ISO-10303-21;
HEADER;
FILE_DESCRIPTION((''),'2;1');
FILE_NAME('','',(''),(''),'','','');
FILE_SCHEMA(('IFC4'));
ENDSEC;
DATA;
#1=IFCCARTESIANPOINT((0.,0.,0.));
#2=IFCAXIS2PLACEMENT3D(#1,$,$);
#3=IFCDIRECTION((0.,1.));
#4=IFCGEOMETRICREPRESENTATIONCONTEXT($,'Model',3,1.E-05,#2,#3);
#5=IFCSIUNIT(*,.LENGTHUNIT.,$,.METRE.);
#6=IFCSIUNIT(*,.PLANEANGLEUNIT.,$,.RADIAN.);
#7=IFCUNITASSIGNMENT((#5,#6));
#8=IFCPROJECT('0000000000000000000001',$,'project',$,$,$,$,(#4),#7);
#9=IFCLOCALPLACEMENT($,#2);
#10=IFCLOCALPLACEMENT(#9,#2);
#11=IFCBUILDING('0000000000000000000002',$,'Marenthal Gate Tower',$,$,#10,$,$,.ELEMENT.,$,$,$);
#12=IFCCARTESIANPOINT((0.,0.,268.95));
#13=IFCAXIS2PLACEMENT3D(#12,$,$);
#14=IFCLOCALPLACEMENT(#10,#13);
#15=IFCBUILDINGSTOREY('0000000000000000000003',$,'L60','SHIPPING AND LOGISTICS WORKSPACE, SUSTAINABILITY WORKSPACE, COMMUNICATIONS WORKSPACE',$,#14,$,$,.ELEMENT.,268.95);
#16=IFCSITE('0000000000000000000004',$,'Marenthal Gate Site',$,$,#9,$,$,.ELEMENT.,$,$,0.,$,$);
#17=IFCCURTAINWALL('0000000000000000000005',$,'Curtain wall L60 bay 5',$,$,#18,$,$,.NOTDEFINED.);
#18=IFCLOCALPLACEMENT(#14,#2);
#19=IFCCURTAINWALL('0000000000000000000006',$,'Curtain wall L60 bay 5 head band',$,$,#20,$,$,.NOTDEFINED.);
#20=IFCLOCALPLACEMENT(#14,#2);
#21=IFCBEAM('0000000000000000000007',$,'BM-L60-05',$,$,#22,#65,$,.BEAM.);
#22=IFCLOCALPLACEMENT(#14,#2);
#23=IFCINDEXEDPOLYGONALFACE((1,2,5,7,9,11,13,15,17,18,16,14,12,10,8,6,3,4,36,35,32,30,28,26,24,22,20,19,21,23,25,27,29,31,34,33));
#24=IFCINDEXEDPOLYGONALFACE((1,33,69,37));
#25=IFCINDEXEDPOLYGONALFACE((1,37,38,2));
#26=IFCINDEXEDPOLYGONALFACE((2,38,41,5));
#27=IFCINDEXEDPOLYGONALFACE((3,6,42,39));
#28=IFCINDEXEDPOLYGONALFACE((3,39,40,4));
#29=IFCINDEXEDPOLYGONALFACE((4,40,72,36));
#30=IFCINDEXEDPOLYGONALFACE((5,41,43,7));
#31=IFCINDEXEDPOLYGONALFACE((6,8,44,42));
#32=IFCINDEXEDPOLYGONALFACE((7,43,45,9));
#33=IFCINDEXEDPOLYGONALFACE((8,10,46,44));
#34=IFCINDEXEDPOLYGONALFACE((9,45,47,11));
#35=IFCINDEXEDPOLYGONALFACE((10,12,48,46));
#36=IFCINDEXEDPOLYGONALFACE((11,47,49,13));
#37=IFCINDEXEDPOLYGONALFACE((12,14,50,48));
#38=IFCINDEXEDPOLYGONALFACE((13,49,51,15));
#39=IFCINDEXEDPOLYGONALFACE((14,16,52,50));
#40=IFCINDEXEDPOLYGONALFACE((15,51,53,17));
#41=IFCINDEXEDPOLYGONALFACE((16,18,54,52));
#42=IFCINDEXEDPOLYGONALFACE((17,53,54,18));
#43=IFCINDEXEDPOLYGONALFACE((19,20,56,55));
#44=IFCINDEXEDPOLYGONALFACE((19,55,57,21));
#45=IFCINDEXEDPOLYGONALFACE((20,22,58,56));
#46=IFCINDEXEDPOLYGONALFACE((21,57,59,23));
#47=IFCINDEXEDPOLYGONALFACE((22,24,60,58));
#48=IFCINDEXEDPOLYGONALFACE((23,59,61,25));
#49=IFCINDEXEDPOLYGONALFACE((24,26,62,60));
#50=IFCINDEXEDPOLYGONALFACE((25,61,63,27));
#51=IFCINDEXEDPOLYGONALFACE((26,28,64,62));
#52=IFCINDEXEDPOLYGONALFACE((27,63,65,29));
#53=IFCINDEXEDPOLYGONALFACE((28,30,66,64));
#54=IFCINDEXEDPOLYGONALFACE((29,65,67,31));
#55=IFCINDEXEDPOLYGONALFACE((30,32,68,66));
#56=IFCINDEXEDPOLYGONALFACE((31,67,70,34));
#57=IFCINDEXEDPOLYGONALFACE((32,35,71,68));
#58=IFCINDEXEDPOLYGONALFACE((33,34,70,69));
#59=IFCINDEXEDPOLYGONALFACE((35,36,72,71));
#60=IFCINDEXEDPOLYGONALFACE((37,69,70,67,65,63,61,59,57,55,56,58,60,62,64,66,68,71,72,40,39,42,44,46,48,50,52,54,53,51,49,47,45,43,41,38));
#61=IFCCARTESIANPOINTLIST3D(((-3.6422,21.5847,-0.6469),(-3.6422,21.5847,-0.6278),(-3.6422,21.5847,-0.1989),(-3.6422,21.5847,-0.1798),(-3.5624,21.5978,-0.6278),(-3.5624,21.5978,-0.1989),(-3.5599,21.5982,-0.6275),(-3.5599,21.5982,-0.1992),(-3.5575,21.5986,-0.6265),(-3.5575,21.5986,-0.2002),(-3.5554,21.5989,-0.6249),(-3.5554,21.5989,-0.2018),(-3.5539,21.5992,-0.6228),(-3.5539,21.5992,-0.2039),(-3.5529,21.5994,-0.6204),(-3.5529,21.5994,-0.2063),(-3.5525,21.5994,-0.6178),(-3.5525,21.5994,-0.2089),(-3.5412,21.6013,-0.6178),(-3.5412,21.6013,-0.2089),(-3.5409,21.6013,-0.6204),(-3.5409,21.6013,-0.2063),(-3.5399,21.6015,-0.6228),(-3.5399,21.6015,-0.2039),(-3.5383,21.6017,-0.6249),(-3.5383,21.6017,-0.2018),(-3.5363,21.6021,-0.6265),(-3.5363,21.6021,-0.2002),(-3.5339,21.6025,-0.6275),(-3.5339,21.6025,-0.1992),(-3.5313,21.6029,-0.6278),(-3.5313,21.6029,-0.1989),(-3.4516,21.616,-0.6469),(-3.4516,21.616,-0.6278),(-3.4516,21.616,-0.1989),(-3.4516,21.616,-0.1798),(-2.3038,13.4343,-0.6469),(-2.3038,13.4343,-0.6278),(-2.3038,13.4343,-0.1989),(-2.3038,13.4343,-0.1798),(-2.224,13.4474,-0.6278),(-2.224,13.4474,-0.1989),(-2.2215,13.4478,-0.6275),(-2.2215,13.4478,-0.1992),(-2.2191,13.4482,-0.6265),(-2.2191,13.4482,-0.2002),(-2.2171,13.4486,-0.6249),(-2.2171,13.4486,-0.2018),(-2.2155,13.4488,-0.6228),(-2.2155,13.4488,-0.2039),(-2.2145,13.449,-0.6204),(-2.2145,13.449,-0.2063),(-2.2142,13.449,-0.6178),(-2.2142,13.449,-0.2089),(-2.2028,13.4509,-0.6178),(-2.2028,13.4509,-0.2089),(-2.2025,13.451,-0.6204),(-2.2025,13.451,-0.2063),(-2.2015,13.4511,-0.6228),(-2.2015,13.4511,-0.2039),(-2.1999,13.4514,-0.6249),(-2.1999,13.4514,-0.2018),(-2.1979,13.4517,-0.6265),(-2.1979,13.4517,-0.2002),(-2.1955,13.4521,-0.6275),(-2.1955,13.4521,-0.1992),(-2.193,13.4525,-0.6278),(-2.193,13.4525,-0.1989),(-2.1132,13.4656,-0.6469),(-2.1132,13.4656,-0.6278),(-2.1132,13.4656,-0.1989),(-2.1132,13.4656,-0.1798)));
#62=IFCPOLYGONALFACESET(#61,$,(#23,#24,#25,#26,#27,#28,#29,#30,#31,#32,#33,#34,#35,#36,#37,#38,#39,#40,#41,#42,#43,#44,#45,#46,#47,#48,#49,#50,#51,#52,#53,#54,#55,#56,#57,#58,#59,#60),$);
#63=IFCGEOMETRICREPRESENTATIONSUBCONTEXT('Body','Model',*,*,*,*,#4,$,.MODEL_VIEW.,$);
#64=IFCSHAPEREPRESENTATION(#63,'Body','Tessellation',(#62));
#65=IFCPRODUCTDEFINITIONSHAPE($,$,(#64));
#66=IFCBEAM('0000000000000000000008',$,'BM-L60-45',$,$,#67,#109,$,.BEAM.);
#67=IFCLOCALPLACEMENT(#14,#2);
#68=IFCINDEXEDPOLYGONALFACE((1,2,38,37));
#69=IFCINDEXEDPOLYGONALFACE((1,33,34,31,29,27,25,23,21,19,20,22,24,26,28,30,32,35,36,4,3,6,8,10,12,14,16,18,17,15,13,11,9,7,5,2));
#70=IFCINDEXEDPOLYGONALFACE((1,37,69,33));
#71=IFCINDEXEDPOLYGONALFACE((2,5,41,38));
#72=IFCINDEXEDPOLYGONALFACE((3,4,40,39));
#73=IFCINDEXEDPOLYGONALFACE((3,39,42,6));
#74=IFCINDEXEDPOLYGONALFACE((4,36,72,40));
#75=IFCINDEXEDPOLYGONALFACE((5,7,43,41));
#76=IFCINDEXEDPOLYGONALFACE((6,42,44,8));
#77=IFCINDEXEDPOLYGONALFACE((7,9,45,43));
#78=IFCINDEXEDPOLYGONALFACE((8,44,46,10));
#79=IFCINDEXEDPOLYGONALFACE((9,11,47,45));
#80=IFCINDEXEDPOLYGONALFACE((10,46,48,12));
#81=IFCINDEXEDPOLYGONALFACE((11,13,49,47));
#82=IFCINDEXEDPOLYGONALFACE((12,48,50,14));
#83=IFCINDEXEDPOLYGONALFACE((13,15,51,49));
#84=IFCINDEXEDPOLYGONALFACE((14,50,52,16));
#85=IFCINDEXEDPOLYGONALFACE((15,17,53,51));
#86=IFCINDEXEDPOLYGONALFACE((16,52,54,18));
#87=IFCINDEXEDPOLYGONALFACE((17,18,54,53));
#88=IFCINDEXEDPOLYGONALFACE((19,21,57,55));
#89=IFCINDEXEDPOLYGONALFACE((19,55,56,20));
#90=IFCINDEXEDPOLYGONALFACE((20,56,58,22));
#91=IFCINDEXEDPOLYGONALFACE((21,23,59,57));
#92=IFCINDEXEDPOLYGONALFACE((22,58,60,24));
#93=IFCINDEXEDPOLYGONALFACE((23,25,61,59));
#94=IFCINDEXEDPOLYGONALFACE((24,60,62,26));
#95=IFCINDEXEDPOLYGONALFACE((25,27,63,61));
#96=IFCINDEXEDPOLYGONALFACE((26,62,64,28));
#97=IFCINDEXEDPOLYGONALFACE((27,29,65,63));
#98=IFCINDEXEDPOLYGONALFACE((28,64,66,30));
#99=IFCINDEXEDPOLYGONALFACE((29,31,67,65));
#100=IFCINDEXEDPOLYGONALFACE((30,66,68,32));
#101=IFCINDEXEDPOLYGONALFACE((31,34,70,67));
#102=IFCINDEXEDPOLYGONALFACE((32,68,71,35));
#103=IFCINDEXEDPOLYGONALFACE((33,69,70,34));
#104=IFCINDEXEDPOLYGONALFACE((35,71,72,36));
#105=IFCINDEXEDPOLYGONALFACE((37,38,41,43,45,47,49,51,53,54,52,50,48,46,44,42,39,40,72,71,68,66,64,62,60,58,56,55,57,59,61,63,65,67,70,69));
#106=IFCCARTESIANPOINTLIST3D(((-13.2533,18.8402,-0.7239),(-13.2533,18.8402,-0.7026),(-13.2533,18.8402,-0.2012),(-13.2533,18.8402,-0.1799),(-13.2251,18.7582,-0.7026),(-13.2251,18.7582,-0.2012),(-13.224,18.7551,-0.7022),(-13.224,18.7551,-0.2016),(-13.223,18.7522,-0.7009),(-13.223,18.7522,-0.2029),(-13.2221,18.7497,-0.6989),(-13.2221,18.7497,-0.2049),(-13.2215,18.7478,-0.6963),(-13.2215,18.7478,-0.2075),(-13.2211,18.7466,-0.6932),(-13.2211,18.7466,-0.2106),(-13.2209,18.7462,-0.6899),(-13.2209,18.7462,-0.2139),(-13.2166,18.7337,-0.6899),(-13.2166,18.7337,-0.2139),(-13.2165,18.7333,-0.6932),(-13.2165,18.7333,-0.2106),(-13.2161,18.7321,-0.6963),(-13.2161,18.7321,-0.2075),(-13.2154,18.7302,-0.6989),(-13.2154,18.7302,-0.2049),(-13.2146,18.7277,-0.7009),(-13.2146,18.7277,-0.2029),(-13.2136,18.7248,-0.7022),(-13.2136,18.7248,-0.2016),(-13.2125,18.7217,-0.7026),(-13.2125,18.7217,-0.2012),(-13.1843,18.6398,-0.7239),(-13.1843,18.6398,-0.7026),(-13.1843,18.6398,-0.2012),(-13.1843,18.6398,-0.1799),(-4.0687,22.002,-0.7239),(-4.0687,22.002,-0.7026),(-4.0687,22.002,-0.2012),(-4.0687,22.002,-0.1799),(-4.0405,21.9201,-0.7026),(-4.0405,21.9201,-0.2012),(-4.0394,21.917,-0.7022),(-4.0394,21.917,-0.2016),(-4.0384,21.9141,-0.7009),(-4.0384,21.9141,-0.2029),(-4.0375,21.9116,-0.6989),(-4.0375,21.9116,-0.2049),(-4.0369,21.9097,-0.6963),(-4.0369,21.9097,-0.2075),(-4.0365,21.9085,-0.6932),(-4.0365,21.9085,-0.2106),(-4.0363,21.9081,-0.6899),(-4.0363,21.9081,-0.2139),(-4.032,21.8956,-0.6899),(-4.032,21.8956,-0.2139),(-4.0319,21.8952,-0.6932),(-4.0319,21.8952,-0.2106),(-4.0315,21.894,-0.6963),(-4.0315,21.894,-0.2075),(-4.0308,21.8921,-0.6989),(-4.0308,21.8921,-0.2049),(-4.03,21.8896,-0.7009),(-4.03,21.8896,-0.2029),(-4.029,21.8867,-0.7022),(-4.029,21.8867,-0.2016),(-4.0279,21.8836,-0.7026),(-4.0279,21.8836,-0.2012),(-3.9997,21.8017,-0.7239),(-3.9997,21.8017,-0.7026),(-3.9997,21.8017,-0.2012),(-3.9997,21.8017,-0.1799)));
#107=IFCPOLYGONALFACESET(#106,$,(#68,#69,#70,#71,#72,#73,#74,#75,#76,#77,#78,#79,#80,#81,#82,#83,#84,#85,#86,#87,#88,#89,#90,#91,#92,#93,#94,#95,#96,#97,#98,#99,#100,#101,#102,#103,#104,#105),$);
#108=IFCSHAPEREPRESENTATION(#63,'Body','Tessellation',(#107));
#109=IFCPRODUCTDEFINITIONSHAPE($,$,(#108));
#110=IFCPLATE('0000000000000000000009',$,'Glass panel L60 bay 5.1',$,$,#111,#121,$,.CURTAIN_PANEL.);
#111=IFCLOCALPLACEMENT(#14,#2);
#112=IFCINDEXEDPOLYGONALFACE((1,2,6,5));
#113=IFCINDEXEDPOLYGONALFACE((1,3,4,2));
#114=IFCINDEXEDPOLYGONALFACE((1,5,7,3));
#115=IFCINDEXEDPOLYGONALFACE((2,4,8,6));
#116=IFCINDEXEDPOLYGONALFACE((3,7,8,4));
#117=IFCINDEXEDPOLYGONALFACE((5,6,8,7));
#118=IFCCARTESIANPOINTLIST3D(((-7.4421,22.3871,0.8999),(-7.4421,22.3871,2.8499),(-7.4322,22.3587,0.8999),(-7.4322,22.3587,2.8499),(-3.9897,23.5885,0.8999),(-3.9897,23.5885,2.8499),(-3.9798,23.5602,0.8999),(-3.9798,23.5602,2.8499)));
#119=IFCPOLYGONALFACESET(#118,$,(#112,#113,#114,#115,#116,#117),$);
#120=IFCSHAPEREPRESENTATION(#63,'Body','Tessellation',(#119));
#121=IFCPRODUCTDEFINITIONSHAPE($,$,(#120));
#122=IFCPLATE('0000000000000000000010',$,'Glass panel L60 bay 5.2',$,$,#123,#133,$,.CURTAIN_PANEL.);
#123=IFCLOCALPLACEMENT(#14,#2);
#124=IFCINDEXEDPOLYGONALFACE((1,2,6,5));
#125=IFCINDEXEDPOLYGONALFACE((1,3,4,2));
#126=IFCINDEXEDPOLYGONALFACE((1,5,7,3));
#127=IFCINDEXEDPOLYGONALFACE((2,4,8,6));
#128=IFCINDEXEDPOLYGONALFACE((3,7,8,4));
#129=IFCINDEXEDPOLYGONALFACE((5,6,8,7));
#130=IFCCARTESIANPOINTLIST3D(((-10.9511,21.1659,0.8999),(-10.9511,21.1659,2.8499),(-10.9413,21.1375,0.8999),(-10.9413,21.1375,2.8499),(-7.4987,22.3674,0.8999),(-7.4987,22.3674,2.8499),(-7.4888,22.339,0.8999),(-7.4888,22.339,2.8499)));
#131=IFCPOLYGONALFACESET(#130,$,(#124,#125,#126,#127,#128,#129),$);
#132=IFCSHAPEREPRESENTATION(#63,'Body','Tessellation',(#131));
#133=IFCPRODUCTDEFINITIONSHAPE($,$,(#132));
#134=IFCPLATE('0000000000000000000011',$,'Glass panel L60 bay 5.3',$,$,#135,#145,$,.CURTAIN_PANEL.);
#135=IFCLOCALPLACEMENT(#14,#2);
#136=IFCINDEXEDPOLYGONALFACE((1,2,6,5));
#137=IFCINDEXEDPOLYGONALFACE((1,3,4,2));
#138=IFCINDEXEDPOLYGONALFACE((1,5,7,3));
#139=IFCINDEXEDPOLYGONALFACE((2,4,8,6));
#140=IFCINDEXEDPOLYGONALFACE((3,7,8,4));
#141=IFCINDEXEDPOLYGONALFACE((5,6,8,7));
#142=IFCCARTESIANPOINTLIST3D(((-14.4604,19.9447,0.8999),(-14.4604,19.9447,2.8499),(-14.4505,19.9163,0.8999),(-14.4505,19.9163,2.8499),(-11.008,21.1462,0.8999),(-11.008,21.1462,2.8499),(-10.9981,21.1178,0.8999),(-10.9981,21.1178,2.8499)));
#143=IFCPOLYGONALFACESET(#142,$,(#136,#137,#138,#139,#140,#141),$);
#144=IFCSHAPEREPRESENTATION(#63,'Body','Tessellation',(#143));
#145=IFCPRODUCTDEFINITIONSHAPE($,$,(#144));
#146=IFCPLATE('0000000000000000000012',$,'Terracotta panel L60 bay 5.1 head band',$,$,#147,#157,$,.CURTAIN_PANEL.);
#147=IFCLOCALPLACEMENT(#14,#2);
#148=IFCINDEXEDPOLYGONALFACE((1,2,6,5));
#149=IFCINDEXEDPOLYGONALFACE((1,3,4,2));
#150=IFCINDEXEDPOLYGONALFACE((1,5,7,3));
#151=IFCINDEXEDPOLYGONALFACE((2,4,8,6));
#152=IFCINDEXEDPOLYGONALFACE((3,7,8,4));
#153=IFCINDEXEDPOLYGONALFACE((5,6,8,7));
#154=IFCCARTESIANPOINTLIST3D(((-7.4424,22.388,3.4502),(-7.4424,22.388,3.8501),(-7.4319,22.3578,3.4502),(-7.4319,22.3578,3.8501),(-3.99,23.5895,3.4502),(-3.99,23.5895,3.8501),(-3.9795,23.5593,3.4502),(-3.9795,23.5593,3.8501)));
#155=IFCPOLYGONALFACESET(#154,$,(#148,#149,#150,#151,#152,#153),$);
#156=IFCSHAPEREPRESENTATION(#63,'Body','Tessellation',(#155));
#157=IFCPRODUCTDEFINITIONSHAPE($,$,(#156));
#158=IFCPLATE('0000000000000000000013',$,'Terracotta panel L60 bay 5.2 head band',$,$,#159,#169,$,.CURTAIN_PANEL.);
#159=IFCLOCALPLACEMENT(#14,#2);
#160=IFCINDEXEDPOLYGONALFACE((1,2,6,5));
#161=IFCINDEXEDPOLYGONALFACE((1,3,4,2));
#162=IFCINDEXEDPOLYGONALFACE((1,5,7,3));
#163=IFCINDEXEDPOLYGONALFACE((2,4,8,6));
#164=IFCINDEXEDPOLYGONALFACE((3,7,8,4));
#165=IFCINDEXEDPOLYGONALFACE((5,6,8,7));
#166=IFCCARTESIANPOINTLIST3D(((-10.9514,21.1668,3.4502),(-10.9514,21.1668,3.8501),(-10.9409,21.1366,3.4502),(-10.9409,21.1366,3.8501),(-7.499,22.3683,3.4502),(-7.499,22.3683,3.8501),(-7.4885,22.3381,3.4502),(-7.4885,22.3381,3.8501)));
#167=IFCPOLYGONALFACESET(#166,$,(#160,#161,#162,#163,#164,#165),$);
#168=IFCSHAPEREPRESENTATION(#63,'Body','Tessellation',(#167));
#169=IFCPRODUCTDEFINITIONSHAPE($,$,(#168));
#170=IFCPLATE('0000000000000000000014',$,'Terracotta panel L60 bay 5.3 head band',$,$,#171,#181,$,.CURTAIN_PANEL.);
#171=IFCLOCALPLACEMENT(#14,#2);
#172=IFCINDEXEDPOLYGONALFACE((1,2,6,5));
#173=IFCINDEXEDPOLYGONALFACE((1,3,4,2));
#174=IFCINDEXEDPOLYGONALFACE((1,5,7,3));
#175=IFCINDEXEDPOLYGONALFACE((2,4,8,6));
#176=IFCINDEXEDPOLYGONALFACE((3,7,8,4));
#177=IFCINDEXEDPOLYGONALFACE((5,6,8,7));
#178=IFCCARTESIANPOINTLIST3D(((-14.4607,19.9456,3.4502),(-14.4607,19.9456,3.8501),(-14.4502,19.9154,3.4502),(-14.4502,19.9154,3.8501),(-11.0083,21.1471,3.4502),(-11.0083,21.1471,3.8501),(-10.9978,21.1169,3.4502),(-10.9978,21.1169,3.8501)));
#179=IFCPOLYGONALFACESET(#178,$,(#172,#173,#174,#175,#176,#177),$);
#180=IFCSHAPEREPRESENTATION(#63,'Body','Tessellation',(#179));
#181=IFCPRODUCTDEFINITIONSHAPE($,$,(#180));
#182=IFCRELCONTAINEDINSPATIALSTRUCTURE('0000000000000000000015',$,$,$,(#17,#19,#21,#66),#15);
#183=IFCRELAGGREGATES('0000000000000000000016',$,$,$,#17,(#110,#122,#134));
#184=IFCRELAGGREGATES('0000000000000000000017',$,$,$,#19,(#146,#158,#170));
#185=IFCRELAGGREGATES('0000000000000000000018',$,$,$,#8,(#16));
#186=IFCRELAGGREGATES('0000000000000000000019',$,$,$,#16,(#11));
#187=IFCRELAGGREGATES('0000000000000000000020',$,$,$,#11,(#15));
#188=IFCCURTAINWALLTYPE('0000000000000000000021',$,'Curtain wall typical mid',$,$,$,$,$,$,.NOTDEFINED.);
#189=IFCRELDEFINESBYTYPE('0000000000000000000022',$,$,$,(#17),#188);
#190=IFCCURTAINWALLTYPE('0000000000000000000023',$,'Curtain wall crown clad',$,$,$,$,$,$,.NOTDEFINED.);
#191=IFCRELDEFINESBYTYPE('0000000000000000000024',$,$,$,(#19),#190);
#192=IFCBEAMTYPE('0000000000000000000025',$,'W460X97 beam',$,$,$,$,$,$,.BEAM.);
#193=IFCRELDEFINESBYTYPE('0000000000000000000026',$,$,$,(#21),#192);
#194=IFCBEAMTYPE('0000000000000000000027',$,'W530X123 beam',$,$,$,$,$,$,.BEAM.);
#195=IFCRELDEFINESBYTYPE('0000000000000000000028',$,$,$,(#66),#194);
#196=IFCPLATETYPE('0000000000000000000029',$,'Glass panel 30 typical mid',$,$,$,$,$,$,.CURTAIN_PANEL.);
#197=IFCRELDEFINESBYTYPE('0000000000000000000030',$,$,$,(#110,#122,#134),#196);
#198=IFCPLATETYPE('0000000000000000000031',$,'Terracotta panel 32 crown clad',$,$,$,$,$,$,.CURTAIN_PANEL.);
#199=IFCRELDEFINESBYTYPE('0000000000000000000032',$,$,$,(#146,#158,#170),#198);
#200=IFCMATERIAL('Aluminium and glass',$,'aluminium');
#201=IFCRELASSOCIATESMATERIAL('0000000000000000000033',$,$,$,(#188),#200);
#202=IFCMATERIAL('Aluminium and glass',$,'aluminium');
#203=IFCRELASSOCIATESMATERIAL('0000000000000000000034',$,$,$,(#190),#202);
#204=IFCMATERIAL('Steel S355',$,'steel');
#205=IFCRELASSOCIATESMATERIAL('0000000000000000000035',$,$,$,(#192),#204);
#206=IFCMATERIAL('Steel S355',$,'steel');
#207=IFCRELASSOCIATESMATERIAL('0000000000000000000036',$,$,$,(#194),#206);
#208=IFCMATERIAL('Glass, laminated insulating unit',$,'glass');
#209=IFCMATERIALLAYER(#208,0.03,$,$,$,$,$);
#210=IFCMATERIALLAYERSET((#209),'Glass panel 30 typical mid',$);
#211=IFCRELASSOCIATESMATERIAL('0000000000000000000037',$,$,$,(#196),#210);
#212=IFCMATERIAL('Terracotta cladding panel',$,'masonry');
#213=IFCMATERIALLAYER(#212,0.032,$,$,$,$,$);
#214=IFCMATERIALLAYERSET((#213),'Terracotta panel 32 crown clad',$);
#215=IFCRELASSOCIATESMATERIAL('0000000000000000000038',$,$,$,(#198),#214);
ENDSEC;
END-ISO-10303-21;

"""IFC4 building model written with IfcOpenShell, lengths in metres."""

from ifc_helpers import new_model, si_unit, direction, frame, origin, origin_2d, place, context, subcontext, project, spatial, rectangle, i_section, extrude, material, layer, layer_set, material_profile, profile_set, type_object, element, aggregate, save


model = new_model("IFC4")

# Units and contexts
model_context = context("Model", 3, precision=1e-05, world=origin(), true_north=direction((0.0, 1.0)))
body_context = subcontext(model_context, "Body", "Model", "MODEL_VIEW")
ifc_project = project(units=[si_unit("LENGTHUNIT", "METRE"), si_unit("PLANEANGLEUNIT", "RADIAN")], contexts=[model_context])

# Site, building, storey
site_placement = place(None, origin())
site = spatial("IfcSite", under=ifc_project, at=site_placement, Name="Marenthal Gate Site", CompositionType="ELEMENT", RefElevation=0.0)
building_placement = place(site_placement, origin())
building = spatial("IfcBuilding", under=site, at=building_placement, Name="Marenthal Gate Tower", CompositionType="ELEMENT")
storey_placement = place(building_placement, frame((0.0, 0.0, 268.95)))
storey = spatial("IfcBuildingStorey", under=building, at=storey_placement, Name="L60", Description="SHIPPING AND LOGISTICS WORKSPACE, SUSTAINABILITY WORKSPACE, COMMUNICATIONS WORKSPACE", CompositionType="ELEMENT", Elevation=268.95)

# Curtain walls
ifc_material_1 = material(Name="Aluminium and glass", Category="aluminium")
curtain_wall_type_1 = type_object("IfcCurtainWallType", Name="Curtain wall typical mid", PredefinedType="NOTDEFINED", material=ifc_material_1)
curtain_wall_1_placement = place(storey_placement, origin())
curtain_wall_1 = element("IfcCurtainWall", 1, at=curtain_wall_1_placement, inside=storey, type_object=curtain_wall_type_1, Name="Curtain wall L60 bay 5", PredefinedType="NOTDEFINED")
ifc_material_2 = material(Name="Aluminium and glass", Category="aluminium")
curtain_wall_type_2 = type_object("IfcCurtainWallType", Name="Curtain wall crown clad", PredefinedType="NOTDEFINED", material=ifc_material_2)
curtain_wall_2_placement = place(storey_placement, origin())
curtain_wall_2 = element("IfcCurtainWall", 2, at=curtain_wall_2_placement, inside=storey, type_object=curtain_wall_type_2, Name="Curtain wall L60 bay 5 head band", PredefinedType="NOTDEFINED")

# Beams
ifc_material_3 = material(Name="Steel S355", Category="steel")
ifc_material_profile_1 = material_profile(ifc_material_3, i_section(OverallWidth=0.1931, OverallDepth=0.467, WebThickness=0.0115, FlangeThickness=0.019, FilletRadius=0.01, at=origin_2d()), Name="W460X97")
ifc_profile_set_1 = profile_set([ifc_material_profile_1], Name="Steel S355")
beam_type_1 = type_object("IfcBeamType", Name="W460X97 beam", PredefinedType="BEAM", material=ifc_profile_set_1)
beam_1_placement = place(storey_placement, frame((-3.5469, 21.6003, -0.4133), z_axis=(0.16204, -0.986784, 0.0), x_axis=(0.986784, 0.16204, 0.0)))
element("IfcBeam", 3, at=beam_1_placement, inside=storey, type_object=beam_type_1, Name="BM-L60-05", PredefinedType="BEAM", context=body_context, shape_type="SweptSolid", body=[
    extrude(i_section(OverallWidth=0.1931, OverallDepth=0.467, WebThickness=0.0115, FlangeThickness=0.019, FilletRadius=0.01, at=origin_2d()), origin(), (0.0, 0.0, 1.0), 8.2595),
])
ifc_material_4 = material(Name="Steel S355", Category="steel")
ifc_material_profile_2 = material_profile(ifc_material_4, i_section(OverallWidth=0.2119, OverallDepth=0.5439, WebThickness=0.0132, FlangeThickness=0.0212, FilletRadius=0.0127, at=origin_2d()), Name="W530X123")
ifc_profile_set_2 = profile_set([ifc_material_profile_2], Name="Steel S355")
beam_type_2 = type_object("IfcBeamType", Name="W530X123 beam", PredefinedType="BEAM", material=ifc_profile_set_2)
beam_2_placement = place(storey_placement, frame((-4.0342, 21.9019, -0.4519), z_axis=(-0.945539, -0.32551, 0.0), x_axis=(0.32551, -0.945539, 0.0)))
element("IfcBeam", 4, at=beam_2_placement, inside=storey, type_object=beam_type_2, Name="BM-L60-45", PredefinedType="BEAM", context=body_context, shape_type="SweptSolid", body=[
    extrude(i_section(OverallWidth=0.2119, OverallDepth=0.5439, WebThickness=0.0132, FlangeThickness=0.0212, FilletRadius=0.0127, at=origin_2d()), origin(), (0.0, 0.0, 1.0), 9.7136),
])

# Plates
ifc_material_5 = material(Name="Glass, laminated insulating unit", Category="glass")
ifc_layer_1 = layer(ifc_material_5, 0.03)
ifc_layer_set_1 = layer_set([ifc_layer_1], Name="Glass panel 30 typical mid")
plate_type_1 = type_object("IfcPlateType", Name="Glass panel 30 typical mid", PredefinedType="CURTAIN_PANEL", material=ifc_layer_set_1)
plate_1_placement = place(storey_placement, frame((-5.7109, 22.9736, 0.8999), z_axis=(0.0, 0.0, 1.0), x_axis=(-0.944445, -0.32867, 0.0)))
plate_1 = element("IfcPlate", 5, at=plate_1_placement, type_object=plate_type_1, Name="Glass panel L60 bay 5.1", PredefinedType="CURTAIN_PANEL", context=body_context, shape_type="SweptSolid", body=[
    extrude(rectangle(XDim=3.6555, YDim=0.03, at=origin_2d()), origin(), (0.0, 0.0, 1.0), 1.95),
])
plate_2_placement = place(storey_placement, frame((-9.22, 21.7524, 0.8999), z_axis=(0.0, 0.0, 1.0), x_axis=(-0.944445, -0.32867, 0.0)))
plate_2 = element("IfcPlate", 6, at=plate_2_placement, type_object=plate_type_1, Name="Glass panel L60 bay 5.2", PredefinedType="CURTAIN_PANEL", context=body_context, shape_type="SweptSolid", body=[
    extrude(rectangle(XDim=3.6555, YDim=0.03, at=origin_2d()), origin(), (0.0, 0.0, 1.0), 1.95),
])
plate_3_placement = place(storey_placement, frame((-12.7292, 20.5312, 0.8999), z_axis=(0.0, 0.0, 1.0), x_axis=(-0.944445, -0.32867, 0.0)))
plate_3 = element("IfcPlate", 7, at=plate_3_placement, type_object=plate_type_1, Name="Glass panel L60 bay 5.3", PredefinedType="CURTAIN_PANEL", context=body_context, shape_type="SweptSolid", body=[
    extrude(rectangle(XDim=3.6555, YDim=0.03, at=origin_2d()), origin(), (0.0, 0.0, 1.0), 1.95),
])
aggregate(curtain_wall_1, [plate_1, plate_2, plate_3])
ifc_material_6 = material(Name="Terracotta cladding panel", Category="masonry")
ifc_layer_2 = layer(ifc_material_6, 0.032)
ifc_layer_set_2 = layer_set([ifc_layer_2], Name="Terracotta panel 32 crown clad")
plate_type_2 = type_object("IfcPlateType", Name="Terracotta panel 32 crown clad", PredefinedType="CURTAIN_PANEL", material=ifc_layer_set_2)
plate_4_placement = place(storey_placement, frame((-5.7109, 22.9736, 3.4502), z_axis=(0.0, 0.0, 1.0), x_axis=(-0.944445, -0.32867, 0.0)))
plate_4 = element("IfcPlate", 8, at=plate_4_placement, type_object=plate_type_2, Name="Terracotta panel L60 bay 5.1 head band", PredefinedType="CURTAIN_PANEL", context=body_context, shape_type="SweptSolid", body=[
    extrude(rectangle(XDim=3.6555, YDim=0.032, at=origin_2d()), origin(), (0.0, 0.0, 1.0), 0.3999),
])
plate_5_placement = place(storey_placement, frame((-9.22, 21.7524, 3.4502), z_axis=(0.0, 0.0, 1.0), x_axis=(-0.944445, -0.32867, 0.0)))
plate_5 = element("IfcPlate", 9, at=plate_5_placement, type_object=plate_type_2, Name="Terracotta panel L60 bay 5.2 head band", PredefinedType="CURTAIN_PANEL", context=body_context, shape_type="SweptSolid", body=[
    extrude(rectangle(XDim=3.6555, YDim=0.032, at=origin_2d()), origin(), (0.0, 0.0, 1.0), 0.3999),
])
plate_6_placement = place(storey_placement, frame((-12.7292, 20.5312, 3.4502), z_axis=(0.0, 0.0, 1.0), x_axis=(-0.944445, -0.32867, 0.0)))
plate_6 = element("IfcPlate", 10, at=plate_6_placement, type_object=plate_type_2, Name="Terracotta panel L60 bay 5.3 head band", PredefinedType="CURTAIN_PANEL", context=body_context, shape_type="SweptSolid", body=[
    extrude(rectangle(XDim=3.6555, YDim=0.032, at=origin_2d()), origin(), (0.0, 0.0, 1.0), 0.3999),
])
aggregate(curtain_wall_2, [plate_4, plate_5, plate_6])

save(model, "model.ifc")
